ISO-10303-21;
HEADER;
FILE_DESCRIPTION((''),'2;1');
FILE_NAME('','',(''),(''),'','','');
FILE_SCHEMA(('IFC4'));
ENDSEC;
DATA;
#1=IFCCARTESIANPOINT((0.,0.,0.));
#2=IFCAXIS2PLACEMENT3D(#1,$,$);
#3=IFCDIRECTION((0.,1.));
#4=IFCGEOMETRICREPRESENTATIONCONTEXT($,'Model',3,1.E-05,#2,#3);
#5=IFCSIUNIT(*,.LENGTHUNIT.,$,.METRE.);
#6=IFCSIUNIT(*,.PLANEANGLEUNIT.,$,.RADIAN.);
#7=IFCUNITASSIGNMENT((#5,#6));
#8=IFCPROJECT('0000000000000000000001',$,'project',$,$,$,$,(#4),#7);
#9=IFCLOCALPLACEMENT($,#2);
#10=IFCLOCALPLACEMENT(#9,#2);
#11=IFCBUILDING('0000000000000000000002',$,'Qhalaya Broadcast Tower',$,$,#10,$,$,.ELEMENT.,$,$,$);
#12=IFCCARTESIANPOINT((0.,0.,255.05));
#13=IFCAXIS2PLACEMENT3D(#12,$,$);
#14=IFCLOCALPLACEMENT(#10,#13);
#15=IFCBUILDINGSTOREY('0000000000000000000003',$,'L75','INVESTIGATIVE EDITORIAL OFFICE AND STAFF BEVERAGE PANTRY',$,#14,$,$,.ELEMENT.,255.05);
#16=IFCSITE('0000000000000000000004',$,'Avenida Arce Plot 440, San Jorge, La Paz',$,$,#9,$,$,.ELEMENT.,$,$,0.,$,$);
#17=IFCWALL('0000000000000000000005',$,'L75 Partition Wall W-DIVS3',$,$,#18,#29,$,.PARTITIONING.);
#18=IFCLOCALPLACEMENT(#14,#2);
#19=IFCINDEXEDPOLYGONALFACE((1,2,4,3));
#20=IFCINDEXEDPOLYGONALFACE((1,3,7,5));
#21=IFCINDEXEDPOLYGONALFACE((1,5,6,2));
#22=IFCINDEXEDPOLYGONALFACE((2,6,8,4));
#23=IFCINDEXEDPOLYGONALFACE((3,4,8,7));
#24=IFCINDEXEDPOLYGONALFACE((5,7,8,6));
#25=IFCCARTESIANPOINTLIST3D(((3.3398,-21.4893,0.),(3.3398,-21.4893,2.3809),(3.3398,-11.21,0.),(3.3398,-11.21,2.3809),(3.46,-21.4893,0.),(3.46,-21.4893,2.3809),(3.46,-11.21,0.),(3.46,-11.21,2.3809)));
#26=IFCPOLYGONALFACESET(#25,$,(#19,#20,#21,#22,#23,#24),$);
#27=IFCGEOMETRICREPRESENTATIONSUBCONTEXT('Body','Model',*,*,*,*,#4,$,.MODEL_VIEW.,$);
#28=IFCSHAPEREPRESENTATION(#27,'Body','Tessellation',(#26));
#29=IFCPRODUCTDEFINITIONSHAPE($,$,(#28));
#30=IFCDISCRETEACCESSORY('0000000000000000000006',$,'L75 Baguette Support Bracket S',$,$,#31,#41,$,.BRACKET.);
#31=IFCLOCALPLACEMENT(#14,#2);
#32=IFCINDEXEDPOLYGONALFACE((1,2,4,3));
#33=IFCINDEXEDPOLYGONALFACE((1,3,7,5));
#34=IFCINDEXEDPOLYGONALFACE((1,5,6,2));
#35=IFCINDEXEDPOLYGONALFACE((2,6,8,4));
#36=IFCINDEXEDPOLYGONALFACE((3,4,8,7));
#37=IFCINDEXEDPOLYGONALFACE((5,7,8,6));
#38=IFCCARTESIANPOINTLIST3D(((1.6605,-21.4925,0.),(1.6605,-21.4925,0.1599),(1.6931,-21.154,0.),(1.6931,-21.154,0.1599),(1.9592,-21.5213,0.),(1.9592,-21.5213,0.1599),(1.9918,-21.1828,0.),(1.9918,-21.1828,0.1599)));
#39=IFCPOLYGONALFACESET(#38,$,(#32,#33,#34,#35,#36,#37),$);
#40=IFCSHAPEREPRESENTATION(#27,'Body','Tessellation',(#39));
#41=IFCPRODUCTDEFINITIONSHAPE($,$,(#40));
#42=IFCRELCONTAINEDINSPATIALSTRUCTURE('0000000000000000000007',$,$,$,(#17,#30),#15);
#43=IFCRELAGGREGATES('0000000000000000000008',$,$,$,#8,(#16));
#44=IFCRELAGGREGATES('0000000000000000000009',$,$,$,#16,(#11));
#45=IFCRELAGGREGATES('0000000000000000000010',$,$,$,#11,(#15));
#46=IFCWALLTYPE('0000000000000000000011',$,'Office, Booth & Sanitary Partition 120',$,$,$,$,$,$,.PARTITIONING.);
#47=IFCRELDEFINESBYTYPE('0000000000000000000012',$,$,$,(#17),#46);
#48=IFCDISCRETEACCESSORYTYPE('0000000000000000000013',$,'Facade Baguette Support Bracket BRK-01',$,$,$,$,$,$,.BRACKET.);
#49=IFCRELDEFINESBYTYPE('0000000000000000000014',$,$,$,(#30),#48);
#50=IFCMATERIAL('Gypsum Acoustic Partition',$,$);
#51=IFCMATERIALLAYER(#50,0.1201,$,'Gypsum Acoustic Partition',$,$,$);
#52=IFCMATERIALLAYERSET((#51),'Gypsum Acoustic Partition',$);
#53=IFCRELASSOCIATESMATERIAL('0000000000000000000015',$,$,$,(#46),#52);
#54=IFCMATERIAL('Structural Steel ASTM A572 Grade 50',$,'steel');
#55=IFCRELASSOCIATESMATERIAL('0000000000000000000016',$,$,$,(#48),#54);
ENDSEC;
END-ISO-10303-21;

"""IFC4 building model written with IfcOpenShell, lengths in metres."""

from ifc_helpers import new_model, si_unit, direction, frame, frame_2d, origin, origin_2d, place, context, subcontext, project, spatial, rectangle, extrude, material, layer, layer_set, type_object, element, save


model = new_model("IFC4")

# Units and contexts
model_context = context("Model", 3, precision=1e-05, world=origin(), true_north=direction((0.0, 1.0)))
body_context = subcontext(model_context, "Body", "Model", "MODEL_VIEW")
ifc_project = project(units=[si_unit("LENGTHUNIT", "METRE"), si_unit("PLANEANGLEUNIT", "RADIAN")], contexts=[model_context])

# Site, building, storey
site_placement = place(None, origin())
site = spatial("IfcSite", under=ifc_project, at=site_placement, Name="Avenida Arce Plot 440, San Jorge, La Paz", CompositionType="ELEMENT", RefElevation=0.0)
building_placement = place(site_placement, origin())
building = spatial("IfcBuilding", under=site, at=building_placement, Name="Qhalaya Broadcast Tower", CompositionType="ELEMENT")
storey_placement = place(building_placement, frame((0.0, 0.0, 255.05)))
storey = spatial("IfcBuildingStorey", under=building, at=storey_placement, Name="L75", Description="INVESTIGATIVE EDITORIAL OFFICE AND STAFF BEVERAGE PANTRY", CompositionType="ELEMENT", Elevation=255.05)

# Shared definitions
ifc_material_1 = material(Name="Structural Steel ASTM A572 Grade 50", Category="steel")

# Wall
ifc_material_2 = material(Name="Gypsum Acoustic Partition")
ifc_layer_1 = layer(ifc_material_2, 0.1201, Name="Gypsum Acoustic Partition")
ifc_layer_set_1 = layer_set([ifc_layer_1], Name="Gypsum Acoustic Partition")
wall_type = type_object("IfcWallType", Name="Office, Booth & Sanitary Partition 120", PredefinedType="PARTITIONING", material=ifc_layer_set_1)
wall_placement = place(storey_placement, frame((3.3999, -21.4893, 0.0), z_axis=(0.0, 0.0, 1.0), x_axis=(0.0, 1.0, 0.0)))
element("IfcWall", 1, at=wall_placement, inside=storey, type_object=wall_type, Name="L75 Partition Wall W-DIVS3", PredefinedType="PARTITIONING", context=body_context, shape_type="SweptSolid", body=[
    extrude(rectangle(XDim=10.2793, YDim=0.1201, at=frame_2d((5.1396, 0.0))), origin(), (0.0, 0.0, 1.0), 2.3809),
])

# Discrete accessory
discrete_accessory_type = type_object("IfcDiscreteAccessoryType", Name="Facade Baguette Support Bracket BRK-01", PredefinedType="BRACKET", material=ifc_material_1)
discrete_accessory_placement = place(storey_placement, frame((1.8262, -21.3376, 0.0), z_axis=(0.0, 0.0, 1.0), x_axis=(0.995396, -0.095846, 0.0)))
element("IfcDiscreteAccessory", 2, at=discrete_accessory_placement, inside=storey, type_object=discrete_accessory_type, Name="L75 Baguette Support Bracket S", PredefinedType="BRACKET", context=body_context, shape_type="SweptSolid", body=[
    extrude(rectangle(XDim=0.3, YDim=0.3401, at=origin_2d()), origin(), (0.0, 0.0, 1.0), 0.1599),
])

save(model, "model.ifc")
